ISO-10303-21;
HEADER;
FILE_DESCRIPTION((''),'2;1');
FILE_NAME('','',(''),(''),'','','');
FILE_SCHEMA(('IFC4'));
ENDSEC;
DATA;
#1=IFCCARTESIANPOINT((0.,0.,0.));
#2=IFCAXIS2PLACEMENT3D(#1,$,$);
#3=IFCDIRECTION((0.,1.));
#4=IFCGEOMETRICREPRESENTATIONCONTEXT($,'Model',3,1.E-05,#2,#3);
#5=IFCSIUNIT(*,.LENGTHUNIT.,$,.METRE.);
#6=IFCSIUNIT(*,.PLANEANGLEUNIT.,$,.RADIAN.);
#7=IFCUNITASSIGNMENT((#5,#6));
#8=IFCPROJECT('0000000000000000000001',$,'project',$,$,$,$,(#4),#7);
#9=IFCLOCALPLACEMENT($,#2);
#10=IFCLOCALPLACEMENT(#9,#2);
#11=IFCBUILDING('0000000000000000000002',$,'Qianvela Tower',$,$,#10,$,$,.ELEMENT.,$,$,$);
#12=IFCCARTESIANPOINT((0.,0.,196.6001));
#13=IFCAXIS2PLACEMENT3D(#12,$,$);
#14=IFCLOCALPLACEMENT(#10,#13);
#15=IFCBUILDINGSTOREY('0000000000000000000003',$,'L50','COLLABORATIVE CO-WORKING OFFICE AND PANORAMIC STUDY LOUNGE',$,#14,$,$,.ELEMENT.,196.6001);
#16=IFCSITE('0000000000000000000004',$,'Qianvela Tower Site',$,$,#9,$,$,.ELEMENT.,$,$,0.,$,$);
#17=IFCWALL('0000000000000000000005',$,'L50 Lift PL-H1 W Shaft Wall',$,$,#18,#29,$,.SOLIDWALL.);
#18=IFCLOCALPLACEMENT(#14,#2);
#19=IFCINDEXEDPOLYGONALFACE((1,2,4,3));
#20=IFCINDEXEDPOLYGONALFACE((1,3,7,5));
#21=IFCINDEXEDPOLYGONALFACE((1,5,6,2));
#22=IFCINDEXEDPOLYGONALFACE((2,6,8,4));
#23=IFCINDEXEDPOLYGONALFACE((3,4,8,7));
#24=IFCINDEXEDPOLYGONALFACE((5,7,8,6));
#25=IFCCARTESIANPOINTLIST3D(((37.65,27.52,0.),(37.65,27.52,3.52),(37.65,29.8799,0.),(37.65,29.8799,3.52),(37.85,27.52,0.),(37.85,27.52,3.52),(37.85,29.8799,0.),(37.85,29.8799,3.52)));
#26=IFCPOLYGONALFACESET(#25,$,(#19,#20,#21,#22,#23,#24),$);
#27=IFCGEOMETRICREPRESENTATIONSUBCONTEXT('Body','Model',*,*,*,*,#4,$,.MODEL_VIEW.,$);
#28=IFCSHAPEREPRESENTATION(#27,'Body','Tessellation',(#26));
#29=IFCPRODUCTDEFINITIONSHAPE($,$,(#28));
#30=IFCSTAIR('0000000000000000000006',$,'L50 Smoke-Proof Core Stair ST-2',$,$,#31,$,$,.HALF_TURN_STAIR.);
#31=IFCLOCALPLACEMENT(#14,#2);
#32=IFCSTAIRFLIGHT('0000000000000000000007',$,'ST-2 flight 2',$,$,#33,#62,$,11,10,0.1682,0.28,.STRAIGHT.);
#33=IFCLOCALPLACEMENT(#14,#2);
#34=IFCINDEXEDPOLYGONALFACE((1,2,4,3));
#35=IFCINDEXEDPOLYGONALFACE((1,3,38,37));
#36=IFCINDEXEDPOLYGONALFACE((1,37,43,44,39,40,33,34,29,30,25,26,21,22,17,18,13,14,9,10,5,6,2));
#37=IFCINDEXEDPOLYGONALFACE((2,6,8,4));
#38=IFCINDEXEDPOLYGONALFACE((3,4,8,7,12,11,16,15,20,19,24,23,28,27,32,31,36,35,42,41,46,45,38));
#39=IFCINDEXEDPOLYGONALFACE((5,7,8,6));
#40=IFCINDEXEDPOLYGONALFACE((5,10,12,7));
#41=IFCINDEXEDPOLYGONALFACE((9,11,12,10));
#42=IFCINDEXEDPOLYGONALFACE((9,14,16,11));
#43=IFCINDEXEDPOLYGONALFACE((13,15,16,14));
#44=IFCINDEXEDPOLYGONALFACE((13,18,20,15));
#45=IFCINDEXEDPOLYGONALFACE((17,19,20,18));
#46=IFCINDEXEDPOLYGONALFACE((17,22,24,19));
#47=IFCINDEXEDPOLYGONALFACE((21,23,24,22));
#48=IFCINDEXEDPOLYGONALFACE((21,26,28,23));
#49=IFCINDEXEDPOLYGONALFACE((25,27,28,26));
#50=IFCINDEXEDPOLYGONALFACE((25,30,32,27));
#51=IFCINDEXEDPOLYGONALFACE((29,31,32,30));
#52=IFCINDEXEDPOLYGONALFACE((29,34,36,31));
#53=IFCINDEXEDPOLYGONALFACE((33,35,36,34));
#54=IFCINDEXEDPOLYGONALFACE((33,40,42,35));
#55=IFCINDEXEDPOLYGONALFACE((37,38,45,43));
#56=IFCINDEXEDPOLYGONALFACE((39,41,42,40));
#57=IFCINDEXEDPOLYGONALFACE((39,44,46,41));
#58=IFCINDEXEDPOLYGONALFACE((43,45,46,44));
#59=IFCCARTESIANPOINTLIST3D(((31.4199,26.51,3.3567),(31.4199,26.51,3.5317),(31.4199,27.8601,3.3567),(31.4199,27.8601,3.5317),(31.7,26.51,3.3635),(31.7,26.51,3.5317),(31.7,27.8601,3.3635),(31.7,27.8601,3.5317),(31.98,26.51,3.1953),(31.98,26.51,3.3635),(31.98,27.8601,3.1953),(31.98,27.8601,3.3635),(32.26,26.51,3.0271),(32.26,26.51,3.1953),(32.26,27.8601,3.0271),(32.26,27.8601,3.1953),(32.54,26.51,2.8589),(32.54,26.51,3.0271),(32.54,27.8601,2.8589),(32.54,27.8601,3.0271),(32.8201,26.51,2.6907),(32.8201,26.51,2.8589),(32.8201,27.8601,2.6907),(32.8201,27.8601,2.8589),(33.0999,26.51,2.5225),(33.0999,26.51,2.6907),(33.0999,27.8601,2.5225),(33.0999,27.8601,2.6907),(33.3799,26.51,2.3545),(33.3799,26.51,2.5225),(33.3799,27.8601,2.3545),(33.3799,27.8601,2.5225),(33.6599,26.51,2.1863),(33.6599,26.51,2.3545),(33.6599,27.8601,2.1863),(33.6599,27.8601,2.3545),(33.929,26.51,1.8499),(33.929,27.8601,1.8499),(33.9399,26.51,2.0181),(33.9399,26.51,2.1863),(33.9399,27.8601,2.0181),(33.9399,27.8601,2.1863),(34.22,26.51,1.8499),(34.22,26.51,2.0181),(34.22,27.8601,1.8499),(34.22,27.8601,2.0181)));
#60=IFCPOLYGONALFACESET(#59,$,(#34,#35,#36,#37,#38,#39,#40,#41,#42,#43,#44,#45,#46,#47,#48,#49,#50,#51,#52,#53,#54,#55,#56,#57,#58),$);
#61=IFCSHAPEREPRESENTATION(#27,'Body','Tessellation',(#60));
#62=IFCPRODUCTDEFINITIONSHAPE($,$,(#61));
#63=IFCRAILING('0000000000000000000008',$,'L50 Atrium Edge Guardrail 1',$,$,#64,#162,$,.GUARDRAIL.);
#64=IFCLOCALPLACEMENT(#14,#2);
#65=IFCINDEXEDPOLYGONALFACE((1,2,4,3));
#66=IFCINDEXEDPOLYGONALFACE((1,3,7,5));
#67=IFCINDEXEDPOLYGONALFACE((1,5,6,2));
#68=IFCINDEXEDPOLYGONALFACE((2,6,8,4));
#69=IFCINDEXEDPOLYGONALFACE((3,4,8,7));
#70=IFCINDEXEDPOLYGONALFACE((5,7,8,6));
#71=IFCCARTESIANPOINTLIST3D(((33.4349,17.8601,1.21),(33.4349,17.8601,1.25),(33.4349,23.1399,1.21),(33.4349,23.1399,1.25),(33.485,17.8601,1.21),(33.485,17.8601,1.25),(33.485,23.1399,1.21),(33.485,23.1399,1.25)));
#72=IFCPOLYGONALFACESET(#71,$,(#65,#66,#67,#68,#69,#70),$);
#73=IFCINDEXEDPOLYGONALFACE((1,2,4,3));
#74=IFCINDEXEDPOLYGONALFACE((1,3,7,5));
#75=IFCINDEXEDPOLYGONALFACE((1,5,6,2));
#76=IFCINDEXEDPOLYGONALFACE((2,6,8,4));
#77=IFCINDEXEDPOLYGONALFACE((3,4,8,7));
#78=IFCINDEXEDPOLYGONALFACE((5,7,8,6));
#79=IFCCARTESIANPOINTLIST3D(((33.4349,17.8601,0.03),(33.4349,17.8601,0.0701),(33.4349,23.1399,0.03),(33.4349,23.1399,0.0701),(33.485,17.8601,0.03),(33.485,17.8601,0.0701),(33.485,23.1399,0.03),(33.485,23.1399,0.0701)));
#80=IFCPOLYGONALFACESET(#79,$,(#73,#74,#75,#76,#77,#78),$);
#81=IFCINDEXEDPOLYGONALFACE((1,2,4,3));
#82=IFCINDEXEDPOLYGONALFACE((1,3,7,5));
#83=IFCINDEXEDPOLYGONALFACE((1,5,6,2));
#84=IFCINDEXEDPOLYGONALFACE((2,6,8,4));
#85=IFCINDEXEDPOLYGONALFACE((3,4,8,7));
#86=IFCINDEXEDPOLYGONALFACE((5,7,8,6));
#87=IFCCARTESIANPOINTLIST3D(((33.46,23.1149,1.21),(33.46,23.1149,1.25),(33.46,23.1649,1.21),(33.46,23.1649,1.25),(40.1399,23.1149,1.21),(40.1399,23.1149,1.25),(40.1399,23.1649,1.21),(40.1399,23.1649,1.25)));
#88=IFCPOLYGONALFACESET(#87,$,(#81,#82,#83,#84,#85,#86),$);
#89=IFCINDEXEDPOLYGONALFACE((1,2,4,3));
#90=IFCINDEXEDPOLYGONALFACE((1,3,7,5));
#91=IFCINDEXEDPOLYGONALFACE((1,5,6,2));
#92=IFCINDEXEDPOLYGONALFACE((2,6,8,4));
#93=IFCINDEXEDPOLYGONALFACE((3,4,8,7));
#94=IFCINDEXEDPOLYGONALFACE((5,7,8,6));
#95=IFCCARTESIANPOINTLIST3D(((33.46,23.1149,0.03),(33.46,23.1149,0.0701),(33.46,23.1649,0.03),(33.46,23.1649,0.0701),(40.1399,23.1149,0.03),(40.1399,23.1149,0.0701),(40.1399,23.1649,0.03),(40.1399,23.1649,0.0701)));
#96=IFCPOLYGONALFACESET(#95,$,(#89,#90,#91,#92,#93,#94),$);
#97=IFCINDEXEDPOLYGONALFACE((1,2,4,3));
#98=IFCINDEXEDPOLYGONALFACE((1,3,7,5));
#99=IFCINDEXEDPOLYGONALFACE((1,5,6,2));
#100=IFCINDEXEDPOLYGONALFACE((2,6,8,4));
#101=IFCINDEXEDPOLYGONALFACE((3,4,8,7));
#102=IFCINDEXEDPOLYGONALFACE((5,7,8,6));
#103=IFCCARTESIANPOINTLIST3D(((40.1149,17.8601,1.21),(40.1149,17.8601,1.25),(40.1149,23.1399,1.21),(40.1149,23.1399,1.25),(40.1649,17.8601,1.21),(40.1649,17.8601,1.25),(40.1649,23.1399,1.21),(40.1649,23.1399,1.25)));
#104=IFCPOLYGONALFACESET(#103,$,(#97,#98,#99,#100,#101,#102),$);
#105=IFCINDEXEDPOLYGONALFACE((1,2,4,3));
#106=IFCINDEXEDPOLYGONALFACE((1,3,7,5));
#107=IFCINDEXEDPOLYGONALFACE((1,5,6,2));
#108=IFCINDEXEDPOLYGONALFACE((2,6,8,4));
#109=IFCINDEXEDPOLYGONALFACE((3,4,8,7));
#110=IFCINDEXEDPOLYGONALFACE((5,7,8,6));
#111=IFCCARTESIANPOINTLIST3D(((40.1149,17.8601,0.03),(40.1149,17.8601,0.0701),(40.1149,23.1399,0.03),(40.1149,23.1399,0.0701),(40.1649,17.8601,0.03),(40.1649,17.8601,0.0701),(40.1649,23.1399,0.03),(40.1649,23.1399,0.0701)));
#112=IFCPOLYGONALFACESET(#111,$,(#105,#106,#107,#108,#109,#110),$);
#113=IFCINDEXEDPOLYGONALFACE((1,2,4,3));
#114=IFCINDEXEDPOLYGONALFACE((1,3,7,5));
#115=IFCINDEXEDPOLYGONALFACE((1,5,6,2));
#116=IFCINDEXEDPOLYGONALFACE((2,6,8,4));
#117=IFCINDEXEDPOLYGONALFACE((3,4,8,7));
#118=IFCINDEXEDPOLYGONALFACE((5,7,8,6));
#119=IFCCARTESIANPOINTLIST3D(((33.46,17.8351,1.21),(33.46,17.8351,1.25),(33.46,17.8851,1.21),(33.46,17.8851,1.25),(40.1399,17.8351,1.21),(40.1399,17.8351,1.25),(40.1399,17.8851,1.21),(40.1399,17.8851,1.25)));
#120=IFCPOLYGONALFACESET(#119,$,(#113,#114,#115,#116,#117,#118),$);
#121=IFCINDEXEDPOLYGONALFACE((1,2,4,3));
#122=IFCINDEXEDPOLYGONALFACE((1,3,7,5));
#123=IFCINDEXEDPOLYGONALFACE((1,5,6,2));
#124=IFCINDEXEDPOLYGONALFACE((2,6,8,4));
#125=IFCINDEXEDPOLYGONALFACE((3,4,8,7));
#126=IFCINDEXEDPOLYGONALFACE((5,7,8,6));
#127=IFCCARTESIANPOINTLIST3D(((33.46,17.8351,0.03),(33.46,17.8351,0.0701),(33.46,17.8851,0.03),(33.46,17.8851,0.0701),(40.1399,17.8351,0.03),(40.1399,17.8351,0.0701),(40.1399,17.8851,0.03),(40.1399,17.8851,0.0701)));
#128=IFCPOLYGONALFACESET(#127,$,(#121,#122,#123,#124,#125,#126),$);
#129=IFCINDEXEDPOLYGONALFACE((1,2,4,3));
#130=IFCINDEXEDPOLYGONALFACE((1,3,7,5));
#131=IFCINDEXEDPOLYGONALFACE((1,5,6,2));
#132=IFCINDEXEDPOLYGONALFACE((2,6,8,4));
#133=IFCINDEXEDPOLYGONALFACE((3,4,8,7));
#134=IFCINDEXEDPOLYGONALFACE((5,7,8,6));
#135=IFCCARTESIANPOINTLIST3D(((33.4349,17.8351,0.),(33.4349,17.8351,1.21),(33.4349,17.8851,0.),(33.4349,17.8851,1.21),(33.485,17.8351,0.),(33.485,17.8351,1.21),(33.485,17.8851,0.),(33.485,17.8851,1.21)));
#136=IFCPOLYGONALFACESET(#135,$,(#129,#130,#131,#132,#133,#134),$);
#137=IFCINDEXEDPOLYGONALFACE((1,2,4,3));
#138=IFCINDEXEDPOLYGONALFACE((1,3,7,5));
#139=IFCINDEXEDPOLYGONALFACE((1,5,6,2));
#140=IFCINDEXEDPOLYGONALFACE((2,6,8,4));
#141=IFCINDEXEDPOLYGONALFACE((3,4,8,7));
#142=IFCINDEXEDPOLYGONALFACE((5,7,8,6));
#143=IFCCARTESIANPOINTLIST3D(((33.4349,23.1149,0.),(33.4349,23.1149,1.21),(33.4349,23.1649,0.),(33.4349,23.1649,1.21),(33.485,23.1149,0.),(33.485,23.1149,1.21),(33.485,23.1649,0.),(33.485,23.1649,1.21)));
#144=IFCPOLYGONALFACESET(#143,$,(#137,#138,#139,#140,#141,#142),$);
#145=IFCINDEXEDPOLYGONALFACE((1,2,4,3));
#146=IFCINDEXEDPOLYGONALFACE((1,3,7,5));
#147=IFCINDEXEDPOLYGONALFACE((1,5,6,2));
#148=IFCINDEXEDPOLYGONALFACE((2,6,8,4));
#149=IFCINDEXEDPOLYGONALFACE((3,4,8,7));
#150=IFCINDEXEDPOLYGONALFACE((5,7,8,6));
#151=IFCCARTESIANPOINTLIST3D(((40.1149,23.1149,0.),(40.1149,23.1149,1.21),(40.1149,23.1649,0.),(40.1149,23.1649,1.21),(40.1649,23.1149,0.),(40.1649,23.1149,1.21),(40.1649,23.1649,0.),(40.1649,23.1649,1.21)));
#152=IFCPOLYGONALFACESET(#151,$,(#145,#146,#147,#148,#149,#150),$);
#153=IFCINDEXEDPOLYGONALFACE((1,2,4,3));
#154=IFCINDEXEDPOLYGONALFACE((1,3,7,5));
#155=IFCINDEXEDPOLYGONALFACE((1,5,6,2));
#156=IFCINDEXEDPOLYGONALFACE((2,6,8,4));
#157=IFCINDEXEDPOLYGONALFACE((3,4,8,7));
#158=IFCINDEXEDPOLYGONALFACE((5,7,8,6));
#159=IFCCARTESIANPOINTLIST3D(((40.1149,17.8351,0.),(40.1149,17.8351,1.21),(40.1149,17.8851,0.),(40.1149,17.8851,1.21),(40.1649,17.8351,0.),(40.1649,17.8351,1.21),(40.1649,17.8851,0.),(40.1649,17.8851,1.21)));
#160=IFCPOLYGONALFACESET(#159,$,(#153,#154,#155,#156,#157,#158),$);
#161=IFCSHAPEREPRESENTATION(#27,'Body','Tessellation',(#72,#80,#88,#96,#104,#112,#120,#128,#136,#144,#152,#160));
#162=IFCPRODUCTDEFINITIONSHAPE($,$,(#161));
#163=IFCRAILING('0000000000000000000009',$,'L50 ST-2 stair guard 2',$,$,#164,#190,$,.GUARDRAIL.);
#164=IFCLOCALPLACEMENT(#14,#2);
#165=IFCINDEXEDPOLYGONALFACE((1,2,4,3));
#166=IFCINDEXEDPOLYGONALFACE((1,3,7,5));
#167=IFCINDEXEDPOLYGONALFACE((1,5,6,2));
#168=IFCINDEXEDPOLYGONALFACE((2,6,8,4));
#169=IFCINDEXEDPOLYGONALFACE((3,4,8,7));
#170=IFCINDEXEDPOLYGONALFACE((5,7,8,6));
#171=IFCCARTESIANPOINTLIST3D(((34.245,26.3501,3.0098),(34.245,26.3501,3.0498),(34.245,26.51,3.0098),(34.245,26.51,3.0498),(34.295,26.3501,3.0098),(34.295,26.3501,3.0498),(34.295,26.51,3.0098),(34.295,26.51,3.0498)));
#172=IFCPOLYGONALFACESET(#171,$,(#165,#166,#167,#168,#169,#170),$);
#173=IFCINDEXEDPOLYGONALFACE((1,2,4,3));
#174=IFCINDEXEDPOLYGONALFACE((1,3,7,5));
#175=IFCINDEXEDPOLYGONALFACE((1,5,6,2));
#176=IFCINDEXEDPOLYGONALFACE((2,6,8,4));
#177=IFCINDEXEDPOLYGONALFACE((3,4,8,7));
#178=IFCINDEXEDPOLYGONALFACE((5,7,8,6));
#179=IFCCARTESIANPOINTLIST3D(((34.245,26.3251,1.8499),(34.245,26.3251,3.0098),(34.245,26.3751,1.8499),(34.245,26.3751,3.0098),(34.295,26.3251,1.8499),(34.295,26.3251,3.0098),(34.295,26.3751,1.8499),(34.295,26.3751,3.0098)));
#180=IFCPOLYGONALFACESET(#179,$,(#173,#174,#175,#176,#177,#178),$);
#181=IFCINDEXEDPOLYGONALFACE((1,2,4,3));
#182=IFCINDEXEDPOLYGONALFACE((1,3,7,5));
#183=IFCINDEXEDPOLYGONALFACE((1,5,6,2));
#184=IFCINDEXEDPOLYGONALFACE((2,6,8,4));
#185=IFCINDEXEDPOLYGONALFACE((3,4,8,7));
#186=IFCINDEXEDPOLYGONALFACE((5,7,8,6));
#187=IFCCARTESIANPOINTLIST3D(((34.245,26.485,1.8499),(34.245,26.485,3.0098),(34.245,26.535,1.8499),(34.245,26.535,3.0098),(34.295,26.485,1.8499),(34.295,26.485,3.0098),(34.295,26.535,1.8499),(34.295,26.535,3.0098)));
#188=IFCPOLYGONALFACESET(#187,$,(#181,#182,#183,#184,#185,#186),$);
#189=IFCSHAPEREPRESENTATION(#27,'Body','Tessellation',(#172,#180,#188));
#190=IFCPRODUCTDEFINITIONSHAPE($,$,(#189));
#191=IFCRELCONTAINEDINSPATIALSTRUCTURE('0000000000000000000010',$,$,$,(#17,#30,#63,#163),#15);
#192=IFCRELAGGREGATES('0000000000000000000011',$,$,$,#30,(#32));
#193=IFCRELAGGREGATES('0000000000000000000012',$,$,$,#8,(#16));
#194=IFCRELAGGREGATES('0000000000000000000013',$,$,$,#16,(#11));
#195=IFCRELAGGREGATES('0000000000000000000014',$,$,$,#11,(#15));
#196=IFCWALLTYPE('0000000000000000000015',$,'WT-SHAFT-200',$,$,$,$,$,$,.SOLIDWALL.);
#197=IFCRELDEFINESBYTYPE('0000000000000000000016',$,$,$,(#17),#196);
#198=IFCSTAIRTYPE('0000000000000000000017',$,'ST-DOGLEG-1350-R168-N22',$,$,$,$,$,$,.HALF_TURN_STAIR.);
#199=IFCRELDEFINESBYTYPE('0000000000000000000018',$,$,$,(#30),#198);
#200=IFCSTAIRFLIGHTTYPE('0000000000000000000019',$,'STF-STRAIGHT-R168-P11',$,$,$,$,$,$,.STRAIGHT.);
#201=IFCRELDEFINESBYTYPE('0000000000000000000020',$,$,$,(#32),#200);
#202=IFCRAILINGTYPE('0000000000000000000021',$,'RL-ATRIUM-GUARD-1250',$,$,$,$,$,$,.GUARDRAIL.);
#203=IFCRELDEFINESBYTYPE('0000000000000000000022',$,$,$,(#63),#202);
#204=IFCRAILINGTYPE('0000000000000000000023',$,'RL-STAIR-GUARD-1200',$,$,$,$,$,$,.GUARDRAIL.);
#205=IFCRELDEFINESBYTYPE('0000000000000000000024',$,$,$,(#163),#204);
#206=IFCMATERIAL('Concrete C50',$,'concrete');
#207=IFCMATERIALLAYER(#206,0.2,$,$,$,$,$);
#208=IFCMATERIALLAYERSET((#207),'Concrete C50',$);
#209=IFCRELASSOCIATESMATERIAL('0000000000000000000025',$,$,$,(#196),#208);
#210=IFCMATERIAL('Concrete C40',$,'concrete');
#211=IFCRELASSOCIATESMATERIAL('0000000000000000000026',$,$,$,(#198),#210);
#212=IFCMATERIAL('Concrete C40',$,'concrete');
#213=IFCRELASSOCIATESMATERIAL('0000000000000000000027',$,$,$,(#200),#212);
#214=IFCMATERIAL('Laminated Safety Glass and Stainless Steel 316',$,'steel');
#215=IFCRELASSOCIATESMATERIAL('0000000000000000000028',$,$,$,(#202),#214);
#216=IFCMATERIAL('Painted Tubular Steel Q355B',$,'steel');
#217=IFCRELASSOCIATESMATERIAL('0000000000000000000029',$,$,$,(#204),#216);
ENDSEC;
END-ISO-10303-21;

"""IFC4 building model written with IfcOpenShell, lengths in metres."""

from ifc_helpers import new_model, si_unit, direction, frame, frame_2d, origin, origin_2d, place, context, subcontext, project, spatial, polyline, rectangle, outline, extrude, material, layer, layer_set, type_object, element, aggregate, save


model = new_model("IFC4")

# Units and contexts
model_context = context("Model", 3, precision=1e-05, world=origin(), true_north=direction((0.0, 1.0)))
body_context = subcontext(model_context, "Body", "Model", "MODEL_VIEW")
ifc_project = project(units=[si_unit("LENGTHUNIT", "METRE"), si_unit("PLANEANGLEUNIT", "RADIAN")], contexts=[model_context])

# Site, building, storey
site_placement = place(None, origin())
site = spatial("IfcSite", under=ifc_project, at=site_placement, Name="Qianvela Tower Site", CompositionType="ELEMENT", RefElevation=0.0)
building_placement = place(site_placement, origin())
building = spatial("IfcBuilding", under=site, at=building_placement, Name="Qianvela Tower", CompositionType="ELEMENT")
storey_placement = place(building_placement, frame((0.0, 0.0, 196.6001)))
storey = spatial("IfcBuildingStorey", under=building, at=storey_placement, Name="L50", Description="COLLABORATIVE CO-WORKING OFFICE AND PANORAMIC STUDY LOUNGE", CompositionType="ELEMENT", Elevation=196.6001)

# Wall
ifc_material_1 = material(Name="Concrete C50", Category="concrete")
ifc_layer_1 = layer(ifc_material_1, 0.2)
ifc_layer_set_1 = layer_set([ifc_layer_1], Name="Concrete C50")
wall_type_1 = type_object("IfcWallType", Name="WT-SHAFT-200", PredefinedType="SOLIDWALL", material=ifc_layer_set_1)
wall_1_placement = place(storey_placement, frame((37.75, 27.52, 0.0), z_axis=(0.0, 0.0, 1.0), x_axis=(0.0, 1.0, 0.0)))
element("IfcWall", 1, at=wall_1_placement, inside=storey, type_object=wall_type_1, Name="L50 Lift PL-H1 W Shaft Wall", PredefinedType="SOLIDWALL", context=body_context, shape_type="SweptSolid", body=[
    extrude(rectangle(XDim=2.3599, YDim=0.2, at=frame_2d((1.1799, 0.0))), origin(), (0.0, 0.0, 1.0), 3.52),
])

# Stair, stair flight
ifc_material_2 = material(Name="Concrete C40", Category="concrete")
stair_type = type_object("IfcStairType", Name="ST-DOGLEG-1350-R168-N22", PredefinedType="HALF_TURN_STAIR", material=ifc_material_2)
stair_placement = place(storey_placement, origin())
stair = element("IfcStair", 2, at=stair_placement, inside=storey, type_object=stair_type, Name="L50 Smoke-Proof Core Stair ST-2", PredefinedType="HALF_TURN_STAIR")
ifc_material_3 = material(Name="Concrete C40", Category="concrete")
stair_flight_type = type_object("IfcStairFlightType", Name="STF-STRAIGHT-R168-P11", PredefinedType="STRAIGHT", material=ifc_material_3)
stair_flight_placement = place(storey_placement, frame((34.22, 27.1851, 1.8499), z_axis=(0.0, 0.0, 1.0), x_axis=(-1.0, 0.0, 0.0)))
stair_flight = element("IfcStairFlight", 3, at=stair_flight_placement, type_object=stair_flight_type, Name="ST-2 flight 2", NumberOfRisers=11, NumberOfTreads=10, PredefinedType="STRAIGHT", RiserHeight=0.1682, TreadLength=0.28, context=body_context, shape_type="SweptSolid", body=[
    extrude(outline(polyline([(0.0, 0.0), (0.0, 0.1682), (0.28, 0.1682), (0.28, 0.3364), (0.5601, 0.3364), (0.5601, 0.5046), (0.8401, 0.5046), (0.8401, 0.6726), (1.1201, 0.6726), (1.1201, 0.8408), (1.3999, 0.8408), (1.3999, 1.009), (1.6799, 1.009), (1.6799, 1.1772), (1.96, 1.1772), (1.96, 1.3455), (2.24, 1.3455), (2.24, 1.5137), (2.52, 1.5137), (2.52, 1.6819), (2.8, 1.6819), (2.8, 1.8501), (2.8, 1.5068), (0.291, 0.0), (0.0, 0.0)])), frame((0.0, 0.675, 0.0), z_axis=(0.0, -1.0, 0.0), x_axis=(1.0, 0.0, 0.0)), (0.0, 0.0, 1.0), 1.3501),
])
aggregate(stair, [stair_flight])

# Railings
ifc_material_4 = material(Name="Laminated Safety Glass and Stainless Steel 316", Category="steel")
railing_type_1 = type_object("IfcRailingType", Name="RL-ATRIUM-GUARD-1250", PredefinedType="GUARDRAIL", material=ifc_material_4)
railing_1_placement = place(storey_placement, frame((33.46, 17.8601, 0.0)))
element("IfcRailing", 4, at=railing_1_placement, inside=storey, type_object=railing_type_1, Name="L50 Atrium Edge Guardrail 1", PredefinedType="GUARDRAIL", context=body_context, shape_type="SweptSolid", body=[
    extrude(rectangle(XDim=0.05, YDim=0.04, at=origin_2d()), frame((0.0, 0.0, 1.23), z_axis=(0.0, 1.0, 0.0), x_axis=(-1.0, 0.0, 0.0)), (0.0, 0.0, 1.0), 5.2798),
    extrude(rectangle(XDim=0.05, YDim=0.04, at=origin_2d()), frame((0.0, 0.0, 0.05), z_axis=(0.0, 1.0, 0.0), x_axis=(-1.0, 0.0, 0.0)), (0.0, 0.0, 1.0), 5.2798),
    extrude(rectangle(XDim=0.05, YDim=0.04, at=origin_2d()), frame((0.0, 5.2798, 1.23), z_axis=(1.0, 0.0, 0.0), x_axis=(0.0, 1.0, 0.0)), (0.0, 0.0, 1.0), 6.6799),
    extrude(rectangle(XDim=0.05, YDim=0.04, at=origin_2d()), frame((0.0, 5.2798, 0.05), z_axis=(1.0, 0.0, 0.0), x_axis=(0.0, 1.0, 0.0)), (0.0, 0.0, 1.0), 6.6799),
    extrude(rectangle(XDim=0.05, YDim=0.04, at=origin_2d()), frame((6.6799, 5.2798, 1.23), z_axis=(0.0, -1.0, 0.0), x_axis=(1.0, 0.0, 0.0)), (0.0, 0.0, 1.0), 5.2798),
    extrude(rectangle(XDim=0.05, YDim=0.04, at=origin_2d()), frame((6.6799, 5.2798, 0.05), z_axis=(0.0, -1.0, 0.0), x_axis=(1.0, 0.0, 0.0)), (0.0, 0.0, 1.0), 5.2798),
    extrude(rectangle(XDim=0.05, YDim=0.04, at=origin_2d()), frame((6.6799, 0.0, 1.23), z_axis=(-1.0, 0.0, 0.0), x_axis=(0.0, -1.0, 0.0)), (0.0, 0.0, 1.0), 6.6799),
    extrude(rectangle(XDim=0.05, YDim=0.04, at=origin_2d()), frame((6.6799, 0.0, 0.05), z_axis=(-1.0, 0.0, 0.0), x_axis=(0.0, -1.0, 0.0)), (0.0, 0.0, 1.0), 6.6799),
    extrude(rectangle(XDim=0.05, YDim=0.05, at=origin_2d()), origin(), (0.0, 0.0, 1.0), 1.21),
    extrude(rectangle(XDim=0.05, YDim=0.05, at=origin_2d()), frame((0.0, 5.2798, 0.0)), (0.0, 0.0, 1.0), 1.21),
    extrude(rectangle(XDim=0.05, YDim=0.05, at=origin_2d()), frame((6.6799, 5.2798, 0.0)), (0.0, 0.0, 1.0), 1.21),
    extrude(rectangle(XDim=0.05, YDim=0.05, at=origin_2d()), frame((6.6799, 0.0, 0.0)), (0.0, 0.0, 1.0), 1.21),
])
ifc_material_5 = material(Name="Painted Tubular Steel Q355B", Category="steel")
railing_type_2 = type_object("IfcRailingType", Name="RL-STAIR-GUARD-1200", PredefinedType="GUARDRAIL", material=ifc_material_5)
railing_2_placement = place(storey_placement, frame((34.27, 26.3501, 1.8499)))
element("IfcRailing", 5, at=railing_2_placement, inside=storey, type_object=railing_type_2, Name="L50 ST-2 stair guard 2", PredefinedType="GUARDRAIL", context=body_context, shape_type="SweptSolid", body=[
    extrude(rectangle(XDim=0.05, YDim=0.04, at=origin_2d()), frame((0.0, 0.0, 1.1799), z_axis=(0.0, 1.0, 0.0), x_axis=(-1.0, 0.0, 0.0)), (0.0, 0.0, 1.0), 0.1599),
    extrude(rectangle(XDim=0.05, YDim=0.05, at=origin_2d()), origin(), (0.0, 0.0, 1.0), 1.1599),
    extrude(rectangle(XDim=0.05, YDim=0.05, at=origin_2d()), frame((0.0, 0.1599, 0.0)), (0.0, 0.0, 1.0), 1.1599),
])

save(model, "model.ifc")
